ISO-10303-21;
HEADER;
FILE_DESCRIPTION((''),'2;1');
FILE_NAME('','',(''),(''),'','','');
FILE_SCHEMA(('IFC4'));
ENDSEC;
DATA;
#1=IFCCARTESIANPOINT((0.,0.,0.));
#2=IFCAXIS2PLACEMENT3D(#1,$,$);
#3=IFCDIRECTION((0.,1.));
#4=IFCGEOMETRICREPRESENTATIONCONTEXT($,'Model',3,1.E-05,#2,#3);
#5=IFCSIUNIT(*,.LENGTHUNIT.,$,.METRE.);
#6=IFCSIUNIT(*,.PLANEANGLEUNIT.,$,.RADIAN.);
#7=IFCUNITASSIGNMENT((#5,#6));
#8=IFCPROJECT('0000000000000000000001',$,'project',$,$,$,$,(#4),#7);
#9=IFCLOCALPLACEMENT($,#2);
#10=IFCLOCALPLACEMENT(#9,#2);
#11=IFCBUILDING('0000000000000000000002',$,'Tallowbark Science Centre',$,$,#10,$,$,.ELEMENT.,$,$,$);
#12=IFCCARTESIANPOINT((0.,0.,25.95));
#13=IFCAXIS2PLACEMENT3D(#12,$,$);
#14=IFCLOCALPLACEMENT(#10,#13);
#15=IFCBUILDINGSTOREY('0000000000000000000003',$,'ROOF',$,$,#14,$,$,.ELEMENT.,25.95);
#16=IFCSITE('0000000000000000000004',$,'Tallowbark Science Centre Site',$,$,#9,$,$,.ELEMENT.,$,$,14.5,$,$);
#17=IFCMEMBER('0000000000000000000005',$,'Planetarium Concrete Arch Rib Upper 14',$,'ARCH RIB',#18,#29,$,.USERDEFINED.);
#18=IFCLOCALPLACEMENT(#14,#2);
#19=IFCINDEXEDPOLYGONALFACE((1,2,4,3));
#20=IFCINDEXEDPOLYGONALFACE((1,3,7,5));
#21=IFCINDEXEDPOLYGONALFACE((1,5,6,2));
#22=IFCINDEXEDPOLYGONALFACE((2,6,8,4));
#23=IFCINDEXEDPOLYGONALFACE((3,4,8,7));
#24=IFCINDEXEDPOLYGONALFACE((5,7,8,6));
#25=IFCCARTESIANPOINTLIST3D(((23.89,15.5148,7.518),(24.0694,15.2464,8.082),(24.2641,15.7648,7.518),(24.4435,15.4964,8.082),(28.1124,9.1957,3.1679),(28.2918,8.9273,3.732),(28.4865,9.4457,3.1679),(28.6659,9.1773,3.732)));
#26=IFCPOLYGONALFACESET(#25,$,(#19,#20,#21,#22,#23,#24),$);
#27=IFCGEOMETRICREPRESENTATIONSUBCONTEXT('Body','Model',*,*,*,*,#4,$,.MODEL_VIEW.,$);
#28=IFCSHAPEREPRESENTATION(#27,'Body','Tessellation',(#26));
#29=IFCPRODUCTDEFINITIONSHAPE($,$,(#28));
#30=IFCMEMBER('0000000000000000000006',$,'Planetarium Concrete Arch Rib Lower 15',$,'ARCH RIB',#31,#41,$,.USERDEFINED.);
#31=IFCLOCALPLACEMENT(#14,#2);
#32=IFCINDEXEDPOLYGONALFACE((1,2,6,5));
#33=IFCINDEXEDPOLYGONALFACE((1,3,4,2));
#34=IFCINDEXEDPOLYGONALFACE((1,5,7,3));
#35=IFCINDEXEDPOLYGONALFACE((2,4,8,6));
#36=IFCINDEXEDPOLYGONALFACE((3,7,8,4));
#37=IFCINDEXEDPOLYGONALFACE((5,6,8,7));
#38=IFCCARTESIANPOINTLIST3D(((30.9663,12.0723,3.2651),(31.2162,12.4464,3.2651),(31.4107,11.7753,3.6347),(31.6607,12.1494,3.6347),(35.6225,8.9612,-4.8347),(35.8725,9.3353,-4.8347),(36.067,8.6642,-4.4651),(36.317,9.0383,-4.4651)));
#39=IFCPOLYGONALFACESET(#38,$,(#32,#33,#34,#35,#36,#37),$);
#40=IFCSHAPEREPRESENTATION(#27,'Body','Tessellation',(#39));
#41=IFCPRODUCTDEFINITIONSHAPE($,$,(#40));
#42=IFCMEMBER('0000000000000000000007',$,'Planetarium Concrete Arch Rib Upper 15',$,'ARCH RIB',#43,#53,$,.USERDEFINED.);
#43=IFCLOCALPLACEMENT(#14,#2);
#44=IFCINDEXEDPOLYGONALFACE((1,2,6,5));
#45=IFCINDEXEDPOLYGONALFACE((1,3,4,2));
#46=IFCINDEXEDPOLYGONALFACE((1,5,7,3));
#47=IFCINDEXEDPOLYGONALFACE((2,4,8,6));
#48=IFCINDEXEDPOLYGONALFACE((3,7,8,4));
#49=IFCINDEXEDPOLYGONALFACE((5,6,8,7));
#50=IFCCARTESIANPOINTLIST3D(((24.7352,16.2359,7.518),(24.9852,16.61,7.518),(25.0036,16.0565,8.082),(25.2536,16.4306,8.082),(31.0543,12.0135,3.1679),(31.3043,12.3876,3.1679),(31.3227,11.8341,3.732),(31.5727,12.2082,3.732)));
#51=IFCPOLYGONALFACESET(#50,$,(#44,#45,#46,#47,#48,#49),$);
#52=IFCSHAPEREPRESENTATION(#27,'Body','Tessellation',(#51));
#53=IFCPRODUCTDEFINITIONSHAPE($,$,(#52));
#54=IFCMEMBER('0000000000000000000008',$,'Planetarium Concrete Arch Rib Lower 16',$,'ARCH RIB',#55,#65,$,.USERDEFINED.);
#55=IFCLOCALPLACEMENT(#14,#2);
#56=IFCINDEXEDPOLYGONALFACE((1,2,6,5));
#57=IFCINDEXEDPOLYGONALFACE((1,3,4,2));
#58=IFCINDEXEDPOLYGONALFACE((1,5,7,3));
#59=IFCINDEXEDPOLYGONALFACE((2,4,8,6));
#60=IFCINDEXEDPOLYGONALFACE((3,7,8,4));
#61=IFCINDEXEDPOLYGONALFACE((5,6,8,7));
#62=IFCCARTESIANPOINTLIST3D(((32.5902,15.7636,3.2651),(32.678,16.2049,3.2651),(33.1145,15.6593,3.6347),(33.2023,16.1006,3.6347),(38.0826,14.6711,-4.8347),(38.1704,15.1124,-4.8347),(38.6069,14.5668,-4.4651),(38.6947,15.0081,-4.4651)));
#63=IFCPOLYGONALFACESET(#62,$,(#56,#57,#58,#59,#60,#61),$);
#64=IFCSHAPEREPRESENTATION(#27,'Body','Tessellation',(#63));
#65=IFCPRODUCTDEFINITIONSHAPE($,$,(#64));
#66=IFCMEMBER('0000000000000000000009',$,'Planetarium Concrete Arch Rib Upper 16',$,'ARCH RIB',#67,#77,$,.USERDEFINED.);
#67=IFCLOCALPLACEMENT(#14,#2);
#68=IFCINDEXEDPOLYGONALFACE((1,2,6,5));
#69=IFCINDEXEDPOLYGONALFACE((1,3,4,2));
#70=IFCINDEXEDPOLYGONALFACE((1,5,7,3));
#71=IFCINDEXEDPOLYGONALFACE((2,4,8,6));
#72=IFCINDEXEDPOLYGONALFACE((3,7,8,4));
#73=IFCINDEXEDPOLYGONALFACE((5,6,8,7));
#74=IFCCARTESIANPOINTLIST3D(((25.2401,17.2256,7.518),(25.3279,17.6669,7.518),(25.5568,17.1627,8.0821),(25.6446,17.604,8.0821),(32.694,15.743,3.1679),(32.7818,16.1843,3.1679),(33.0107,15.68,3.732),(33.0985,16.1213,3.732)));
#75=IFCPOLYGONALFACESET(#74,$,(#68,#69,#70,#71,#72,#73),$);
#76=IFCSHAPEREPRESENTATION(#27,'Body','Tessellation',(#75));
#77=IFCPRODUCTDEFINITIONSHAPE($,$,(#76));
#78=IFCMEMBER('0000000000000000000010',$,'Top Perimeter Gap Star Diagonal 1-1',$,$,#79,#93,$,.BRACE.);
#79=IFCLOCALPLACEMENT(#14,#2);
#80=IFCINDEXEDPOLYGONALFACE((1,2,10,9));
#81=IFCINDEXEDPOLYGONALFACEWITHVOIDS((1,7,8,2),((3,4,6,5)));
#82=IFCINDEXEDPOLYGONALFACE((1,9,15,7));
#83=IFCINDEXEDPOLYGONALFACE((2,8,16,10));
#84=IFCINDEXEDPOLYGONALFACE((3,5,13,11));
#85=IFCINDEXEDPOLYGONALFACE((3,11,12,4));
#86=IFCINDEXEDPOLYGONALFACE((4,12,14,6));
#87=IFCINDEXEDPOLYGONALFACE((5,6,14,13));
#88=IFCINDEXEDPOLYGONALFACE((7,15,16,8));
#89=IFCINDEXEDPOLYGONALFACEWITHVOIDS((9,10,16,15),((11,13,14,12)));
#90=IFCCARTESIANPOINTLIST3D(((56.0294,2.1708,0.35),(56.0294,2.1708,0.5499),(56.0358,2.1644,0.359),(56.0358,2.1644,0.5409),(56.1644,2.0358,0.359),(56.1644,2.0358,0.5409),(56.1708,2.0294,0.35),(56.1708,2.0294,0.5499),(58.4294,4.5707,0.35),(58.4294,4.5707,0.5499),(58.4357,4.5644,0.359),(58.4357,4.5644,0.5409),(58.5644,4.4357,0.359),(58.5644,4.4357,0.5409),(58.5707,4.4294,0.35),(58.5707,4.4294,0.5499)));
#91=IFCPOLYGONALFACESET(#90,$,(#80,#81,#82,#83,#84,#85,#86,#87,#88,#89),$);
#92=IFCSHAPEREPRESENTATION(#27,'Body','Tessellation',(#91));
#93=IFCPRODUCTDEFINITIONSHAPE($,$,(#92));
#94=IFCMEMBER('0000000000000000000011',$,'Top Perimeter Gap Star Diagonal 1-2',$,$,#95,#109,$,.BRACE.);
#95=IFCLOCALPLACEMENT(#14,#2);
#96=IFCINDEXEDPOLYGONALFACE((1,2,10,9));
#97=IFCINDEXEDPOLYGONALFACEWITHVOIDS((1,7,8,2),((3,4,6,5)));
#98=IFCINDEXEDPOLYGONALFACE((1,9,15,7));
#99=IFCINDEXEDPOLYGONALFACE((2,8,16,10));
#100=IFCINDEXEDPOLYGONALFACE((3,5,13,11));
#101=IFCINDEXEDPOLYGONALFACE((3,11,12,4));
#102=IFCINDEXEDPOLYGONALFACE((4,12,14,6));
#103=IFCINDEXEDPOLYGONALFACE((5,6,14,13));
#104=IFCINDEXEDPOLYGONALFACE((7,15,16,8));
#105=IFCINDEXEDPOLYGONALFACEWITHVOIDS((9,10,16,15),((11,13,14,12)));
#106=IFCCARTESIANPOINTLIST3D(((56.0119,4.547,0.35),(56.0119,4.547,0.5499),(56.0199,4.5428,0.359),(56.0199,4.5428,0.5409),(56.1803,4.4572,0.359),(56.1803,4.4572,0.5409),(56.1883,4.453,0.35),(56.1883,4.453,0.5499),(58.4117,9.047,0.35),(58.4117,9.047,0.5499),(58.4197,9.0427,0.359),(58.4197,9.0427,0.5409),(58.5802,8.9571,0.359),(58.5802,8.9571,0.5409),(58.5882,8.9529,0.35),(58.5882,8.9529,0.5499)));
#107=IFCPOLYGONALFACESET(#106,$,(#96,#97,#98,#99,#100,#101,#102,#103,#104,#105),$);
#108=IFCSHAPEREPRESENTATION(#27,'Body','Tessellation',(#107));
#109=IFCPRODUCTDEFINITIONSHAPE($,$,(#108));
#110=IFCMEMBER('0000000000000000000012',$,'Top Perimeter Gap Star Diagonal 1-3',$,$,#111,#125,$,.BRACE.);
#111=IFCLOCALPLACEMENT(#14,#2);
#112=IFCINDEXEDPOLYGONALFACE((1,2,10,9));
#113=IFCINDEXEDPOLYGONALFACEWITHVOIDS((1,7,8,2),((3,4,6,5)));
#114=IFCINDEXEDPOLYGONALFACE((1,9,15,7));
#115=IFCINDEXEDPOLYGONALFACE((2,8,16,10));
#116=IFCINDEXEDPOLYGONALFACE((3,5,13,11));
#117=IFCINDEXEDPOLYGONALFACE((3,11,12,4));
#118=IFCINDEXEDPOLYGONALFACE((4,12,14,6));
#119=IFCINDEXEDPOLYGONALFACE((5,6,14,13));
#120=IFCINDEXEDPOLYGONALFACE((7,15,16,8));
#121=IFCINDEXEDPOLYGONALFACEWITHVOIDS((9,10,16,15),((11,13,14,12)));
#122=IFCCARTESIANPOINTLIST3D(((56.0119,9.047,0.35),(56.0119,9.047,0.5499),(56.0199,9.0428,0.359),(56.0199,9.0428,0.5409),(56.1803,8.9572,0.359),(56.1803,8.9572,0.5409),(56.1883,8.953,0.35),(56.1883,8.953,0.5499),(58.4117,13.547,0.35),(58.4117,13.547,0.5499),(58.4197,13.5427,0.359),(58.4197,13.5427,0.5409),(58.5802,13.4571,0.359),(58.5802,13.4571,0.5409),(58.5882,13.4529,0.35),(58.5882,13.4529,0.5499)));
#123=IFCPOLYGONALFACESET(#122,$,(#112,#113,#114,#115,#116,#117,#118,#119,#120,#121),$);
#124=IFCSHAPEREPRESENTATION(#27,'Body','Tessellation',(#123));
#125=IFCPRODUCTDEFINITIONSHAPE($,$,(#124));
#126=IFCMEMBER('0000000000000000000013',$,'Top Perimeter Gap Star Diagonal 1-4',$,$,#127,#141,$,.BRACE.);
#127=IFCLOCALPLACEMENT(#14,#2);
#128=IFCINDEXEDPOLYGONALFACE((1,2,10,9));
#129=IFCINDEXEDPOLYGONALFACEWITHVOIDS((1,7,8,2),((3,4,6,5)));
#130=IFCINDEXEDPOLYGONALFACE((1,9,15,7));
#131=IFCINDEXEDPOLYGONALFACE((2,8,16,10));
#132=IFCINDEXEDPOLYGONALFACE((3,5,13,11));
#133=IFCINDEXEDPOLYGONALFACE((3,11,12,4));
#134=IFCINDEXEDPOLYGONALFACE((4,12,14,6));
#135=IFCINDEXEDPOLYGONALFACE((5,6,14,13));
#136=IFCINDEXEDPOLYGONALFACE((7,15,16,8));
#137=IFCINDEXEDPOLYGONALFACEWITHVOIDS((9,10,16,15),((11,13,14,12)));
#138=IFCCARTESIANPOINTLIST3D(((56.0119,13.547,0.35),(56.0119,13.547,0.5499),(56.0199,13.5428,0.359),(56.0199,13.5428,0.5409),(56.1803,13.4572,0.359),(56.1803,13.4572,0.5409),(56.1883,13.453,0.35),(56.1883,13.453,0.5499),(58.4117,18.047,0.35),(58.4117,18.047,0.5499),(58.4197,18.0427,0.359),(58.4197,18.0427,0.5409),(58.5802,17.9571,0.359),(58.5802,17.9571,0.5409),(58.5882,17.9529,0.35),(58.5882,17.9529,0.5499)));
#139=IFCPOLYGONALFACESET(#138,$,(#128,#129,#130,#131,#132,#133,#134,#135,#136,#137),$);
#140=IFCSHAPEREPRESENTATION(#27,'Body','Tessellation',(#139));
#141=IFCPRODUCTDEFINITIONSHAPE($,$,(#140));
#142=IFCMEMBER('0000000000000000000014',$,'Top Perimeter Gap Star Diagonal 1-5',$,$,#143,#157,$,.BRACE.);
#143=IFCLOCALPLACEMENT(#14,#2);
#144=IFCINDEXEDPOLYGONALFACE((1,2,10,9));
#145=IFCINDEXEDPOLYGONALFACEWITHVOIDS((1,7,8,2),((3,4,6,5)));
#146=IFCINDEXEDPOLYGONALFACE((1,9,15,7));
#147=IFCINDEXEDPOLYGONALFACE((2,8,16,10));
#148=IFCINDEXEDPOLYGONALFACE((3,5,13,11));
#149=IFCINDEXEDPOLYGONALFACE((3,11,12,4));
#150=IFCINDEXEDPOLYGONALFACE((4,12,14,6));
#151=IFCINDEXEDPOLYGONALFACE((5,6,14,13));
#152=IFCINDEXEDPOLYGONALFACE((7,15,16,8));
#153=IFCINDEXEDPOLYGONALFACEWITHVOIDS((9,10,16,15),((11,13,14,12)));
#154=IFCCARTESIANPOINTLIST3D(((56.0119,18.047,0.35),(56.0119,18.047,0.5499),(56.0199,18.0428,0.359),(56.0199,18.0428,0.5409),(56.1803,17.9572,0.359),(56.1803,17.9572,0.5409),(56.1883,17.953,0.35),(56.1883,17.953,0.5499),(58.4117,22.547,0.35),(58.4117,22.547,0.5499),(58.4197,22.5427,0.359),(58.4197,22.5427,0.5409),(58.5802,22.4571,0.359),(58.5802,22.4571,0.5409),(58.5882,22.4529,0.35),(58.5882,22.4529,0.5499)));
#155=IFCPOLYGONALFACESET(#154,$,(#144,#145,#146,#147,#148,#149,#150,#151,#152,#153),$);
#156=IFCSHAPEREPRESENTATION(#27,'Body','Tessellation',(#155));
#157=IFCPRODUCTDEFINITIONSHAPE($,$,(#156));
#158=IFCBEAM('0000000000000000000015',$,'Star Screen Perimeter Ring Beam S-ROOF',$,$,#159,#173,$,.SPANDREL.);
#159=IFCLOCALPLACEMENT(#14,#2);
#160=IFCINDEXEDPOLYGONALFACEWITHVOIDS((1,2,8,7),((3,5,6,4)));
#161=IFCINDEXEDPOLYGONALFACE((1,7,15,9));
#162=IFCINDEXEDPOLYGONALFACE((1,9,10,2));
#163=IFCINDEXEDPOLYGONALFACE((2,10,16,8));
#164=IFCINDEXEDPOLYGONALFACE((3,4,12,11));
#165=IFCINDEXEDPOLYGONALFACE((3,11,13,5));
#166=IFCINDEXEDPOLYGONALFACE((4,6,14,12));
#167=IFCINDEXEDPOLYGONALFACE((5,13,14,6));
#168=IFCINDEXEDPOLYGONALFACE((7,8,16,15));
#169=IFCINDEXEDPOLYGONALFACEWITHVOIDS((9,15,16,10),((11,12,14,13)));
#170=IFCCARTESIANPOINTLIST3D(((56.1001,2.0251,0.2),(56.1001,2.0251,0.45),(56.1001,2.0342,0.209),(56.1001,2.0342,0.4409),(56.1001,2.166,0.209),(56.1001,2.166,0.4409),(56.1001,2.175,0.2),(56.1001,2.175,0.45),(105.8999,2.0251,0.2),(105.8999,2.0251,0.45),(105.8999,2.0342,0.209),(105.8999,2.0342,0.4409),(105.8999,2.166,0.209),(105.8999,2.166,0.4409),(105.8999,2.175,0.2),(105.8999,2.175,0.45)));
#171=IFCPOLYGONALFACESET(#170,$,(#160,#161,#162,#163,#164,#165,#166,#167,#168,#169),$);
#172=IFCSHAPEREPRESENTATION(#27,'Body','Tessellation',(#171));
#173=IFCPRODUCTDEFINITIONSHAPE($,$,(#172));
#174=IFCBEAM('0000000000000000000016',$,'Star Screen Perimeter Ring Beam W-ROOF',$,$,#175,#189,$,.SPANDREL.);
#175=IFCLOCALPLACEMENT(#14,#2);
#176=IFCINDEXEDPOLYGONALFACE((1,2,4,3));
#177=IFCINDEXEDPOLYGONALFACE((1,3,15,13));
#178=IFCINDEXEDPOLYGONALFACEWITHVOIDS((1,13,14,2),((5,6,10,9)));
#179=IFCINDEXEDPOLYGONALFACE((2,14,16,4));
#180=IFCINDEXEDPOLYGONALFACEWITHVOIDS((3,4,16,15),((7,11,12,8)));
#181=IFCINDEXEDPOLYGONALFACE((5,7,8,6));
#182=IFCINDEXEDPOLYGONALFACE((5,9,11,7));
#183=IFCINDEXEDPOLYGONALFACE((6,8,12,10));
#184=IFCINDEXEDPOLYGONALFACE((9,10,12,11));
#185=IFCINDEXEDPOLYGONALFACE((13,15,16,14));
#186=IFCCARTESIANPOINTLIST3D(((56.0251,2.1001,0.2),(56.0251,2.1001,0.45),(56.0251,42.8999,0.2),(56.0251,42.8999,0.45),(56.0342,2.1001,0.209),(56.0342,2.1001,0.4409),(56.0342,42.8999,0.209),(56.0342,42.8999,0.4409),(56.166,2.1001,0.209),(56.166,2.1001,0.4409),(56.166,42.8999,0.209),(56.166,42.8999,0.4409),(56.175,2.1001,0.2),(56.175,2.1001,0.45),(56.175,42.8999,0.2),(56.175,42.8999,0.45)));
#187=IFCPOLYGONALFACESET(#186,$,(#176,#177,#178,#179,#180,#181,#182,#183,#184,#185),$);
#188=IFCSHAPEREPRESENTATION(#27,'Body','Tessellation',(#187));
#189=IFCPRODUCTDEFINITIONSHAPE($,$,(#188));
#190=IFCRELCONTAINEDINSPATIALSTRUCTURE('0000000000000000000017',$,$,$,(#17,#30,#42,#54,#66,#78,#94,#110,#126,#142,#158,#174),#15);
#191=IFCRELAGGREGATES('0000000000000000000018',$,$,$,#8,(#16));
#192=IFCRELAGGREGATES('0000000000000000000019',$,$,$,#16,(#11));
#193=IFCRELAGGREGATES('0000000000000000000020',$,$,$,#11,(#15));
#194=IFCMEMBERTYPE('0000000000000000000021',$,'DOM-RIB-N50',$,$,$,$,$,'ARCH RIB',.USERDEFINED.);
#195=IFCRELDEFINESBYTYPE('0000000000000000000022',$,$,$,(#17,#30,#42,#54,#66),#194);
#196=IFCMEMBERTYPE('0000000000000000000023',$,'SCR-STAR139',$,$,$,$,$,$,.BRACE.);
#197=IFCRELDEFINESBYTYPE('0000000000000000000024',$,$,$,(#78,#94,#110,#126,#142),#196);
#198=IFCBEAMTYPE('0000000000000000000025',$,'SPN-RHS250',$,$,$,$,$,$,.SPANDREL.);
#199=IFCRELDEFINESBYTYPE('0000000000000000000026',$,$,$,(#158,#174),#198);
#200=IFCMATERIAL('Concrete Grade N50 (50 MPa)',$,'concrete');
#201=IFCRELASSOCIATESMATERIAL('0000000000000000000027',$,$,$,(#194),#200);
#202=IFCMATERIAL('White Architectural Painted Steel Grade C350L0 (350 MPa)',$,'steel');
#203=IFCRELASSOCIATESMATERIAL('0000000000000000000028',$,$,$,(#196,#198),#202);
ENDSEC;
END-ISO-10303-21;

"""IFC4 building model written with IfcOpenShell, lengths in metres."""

from ifc_helpers import new_model, si_unit, direction, frame, origin, origin_2d, place, context, subcontext, project, spatial, rectangle, hollow_rectangle, extrude, material, material_profile, profile_set, type_object, element, save


model = new_model("IFC4")

# Units and contexts
model_context = context("Model", 3, precision=1e-05, world=origin(), true_north=direction((0.0, 1.0)))
body_context = subcontext(model_context, "Body", "Model", "MODEL_VIEW")
ifc_project = project(units=[si_unit("LENGTHUNIT", "METRE"), si_unit("PLANEANGLEUNIT", "RADIAN")], contexts=[model_context])

# Site, building, storey
site_placement = place(None, origin())
site = spatial("IfcSite", under=ifc_project, at=site_placement, Name="Tallowbark Science Centre Site", CompositionType="ELEMENT", RefElevation=14.5)
building_placement = place(site_placement, origin())
building = spatial("IfcBuilding", under=site, at=building_placement, Name="Tallowbark Science Centre", CompositionType="ELEMENT")
storey_placement = place(building_placement, frame((0.0, 0.0, 25.95)))
storey = spatial("IfcBuildingStorey", under=building, at=storey_placement, Name="ROOF", CompositionType="ELEMENT", Elevation=25.95)

# Shared definitions
ifc_material_1 = material(Name="Concrete Grade N50 (50 MPa)", Category="concrete")

# Members
ifc_material_profile_1 = material_profile(ifc_material_1, rectangle(XDim=0.45, YDim=0.6499, at=origin_2d()), Name="RC450x650")
ifc_profile_set_1 = profile_set([ifc_material_profile_1], Name="Concrete Grade N50 (50 MPa)")
member_type_1 = type_object("IfcMemberType", Name="DOM-RIB-N50", ElementType="ARCH RIB", PredefinedType="USERDEFINED", material=ifc_profile_set_1)
member_1_placement = place(storey_placement, frame((28.3892, 9.1865, 3.45), z_axis=(-0.482182, 0.721614, 0.496763), x_axis=(-0.831462, -0.555582, 0.0)))
element("IfcMember", 1, at=member_1_placement, inside=storey, type_object=member_type_1, Name="Planetarium Concrete Arch Rib Upper 14", ObjectType="ARCH RIB", PredefinedType="USERDEFINED", context=body_context, shape_type="SweptSolid", body=[
    extrude(rectangle(XDim=0.45, YDim=0.6499, at=origin_2d()), origin(), (0.0, 0.0, 1.0), 8.7568),
])
member_2_placement = place(storey_placement, frame((35.9697, 8.9998, -4.6499), z_axis=(-0.472851, 0.315936, 0.822555), x_axis=(-0.555555, -0.83148, 0.0)))
element("IfcMember", 2, at=member_2_placement, inside=storey, type_object=member_type_1, Name="Planetarium Concrete Arch Rib Lower 15", ObjectType="ARCH RIB", PredefinedType="USERDEFINED", context=body_context, shape_type="SweptSolid", body=[
    extrude(rectangle(XDim=0.45, YDim=0.6499, at=origin_2d()), origin(), (0.0, 0.0, 1.0), 9.8472),
])
member_3_placement = place(storey_placement, frame((31.3135, 12.1108, 3.45), z_axis=(-0.721614, 0.482182, 0.496763), x_axis=(-0.555582, -0.831462, 0.0)))
element("IfcMember", 3, at=member_3_placement, inside=storey, type_object=member_type_1, Name="Planetarium Concrete Arch Rib Upper 15", ObjectType="ARCH RIB", PredefinedType="USERDEFINED", context=body_context, shape_type="SweptSolid", body=[
    extrude(rectangle(XDim=0.45, YDim=0.6499, at=origin_2d()), origin(), (0.0, 0.0, 1.0), 8.7568),
])
member_4_placement = place(storey_placement, frame((38.3887, 14.8396, -4.6499), z_axis=(-0.557764, 0.110948, 0.822551), x_axis=(-0.195093, -0.980785, 0.0)))
element("IfcMember", 4, at=member_4_placement, inside=storey, type_object=member_type_1, Name="Planetarium Concrete Arch Rib Lower 16", ObjectType="ARCH RIB", PredefinedType="USERDEFINED", context=body_context, shape_type="SweptSolid", body=[
    extrude(rectangle(XDim=0.45, YDim=0.6499, at=origin_2d()), origin(), (0.0, 0.0, 1.0), 9.8472),
])
member_5_placement = place(storey_placement, frame((32.8962, 15.9321, 3.45), z_axis=(-0.851207, 0.169316, 0.496768), x_axis=(-0.195091, -0.980785, 0.0)))
element("IfcMember", 5, at=member_5_placement, inside=storey, type_object=member_type_1, Name="Planetarium Concrete Arch Rib Upper 16", ObjectType="ARCH RIB", PredefinedType="USERDEFINED", context=body_context, shape_type="SweptSolid", body=[
    extrude(rectangle(XDim=0.45, YDim=0.6499, at=origin_2d()), origin(), (0.0, 0.0, 1.0), 8.7568),
])
ifc_material_2 = material(Name="White Architectural Painted Steel Grade C350L0 (350 MPa)", Category="steel")
ifc_material_profile_2 = material_profile(ifc_material_2, hollow_rectangle(XDim=0.2, YDim=0.2, WallThickness=0.009, at=origin_2d()), Name="200x200x9.0SHS")
ifc_profile_set_2 = profile_set([ifc_material_profile_2], Name="White Architectural Painted Steel Grade C350L0 (350 MPa)")
member_type_2 = type_object("IfcMemberType", Name="SCR-STAR139", PredefinedType="BRACE", material=ifc_profile_set_2)
member_6_placement = place(storey_placement, frame((56.1001, 2.1001, 0.45), z_axis=(0.707107, 0.707107, 0.0), x_axis=(-0.707107, 0.707107, 0.0)))
element("IfcMember", 6, at=member_6_placement, inside=storey, type_object=member_type_2, Name="Top Perimeter Gap Star Diagonal 1-1", PredefinedType="BRACE", context=body_context, shape_type="SweptSolid", body=[
    extrude(hollow_rectangle(XDim=0.2, YDim=0.2, WallThickness=0.009, at=origin_2d()), origin(), (0.0, 0.0, 1.0), 3.394),
])
for number, where, z_axis, x_axis, name in (
    (7, (56.1001, 4.5, 0.45), (0.470573, 0.882361, 0.0), (-0.882361, 0.470573, 0.0), "Top Perimeter Gap Star Diagonal 1-2"),
    (8, (56.1001, 9.0, 0.45), (0.470573, 0.882361, 0.0), (-0.882361, 0.470573, 0.0), "Top Perimeter Gap Star Diagonal 1-3"),
    (9, (56.1001, 13.5, 0.45), (0.470573, 0.882361, 0.0), (-0.882361, 0.470573, 0.0), "Top Perimeter Gap Star Diagonal 1-4"),
    (10, (56.1001, 18.0, 0.45), (0.470573, 0.882361, 0.0), (-0.882361, 0.470573, 0.0), "Top Perimeter Gap Star Diagonal 1-5"),
):
    element("IfcMember", number, at=place(storey_placement, frame(where, z_axis=z_axis, x_axis=x_axis)), inside=storey, type_object=member_type_2, Name=name, PredefinedType="BRACE", context=body_context, shape_type="SweptSolid", body=[
        extrude(hollow_rectangle(XDim=0.2, YDim=0.2, WallThickness=0.009, at=origin_2d()), origin(), (0.0, 0.0, 1.0), 5.0999),
    ])

# Beams
ifc_material_profile_3 = material_profile(ifc_material_2, hollow_rectangle(XDim=0.1499, YDim=0.25, WallThickness=0.009, at=origin_2d()), Name="250x150x9.0RHS")
ifc_profile_set_3 = profile_set([ifc_material_profile_3], Name="White Architectural Painted Steel Grade C350L0 (350 MPa)")
beam_type_1 = type_object("IfcBeamType", Name="SPN-RHS250", PredefinedType="SPANDREL", material=ifc_profile_set_3)
beam_1_placement = place(storey_placement, frame((56.1001, 2.1001, 0.325), z_axis=(1.0, 0.0, 0.0), x_axis=(0.0, 1.0, 0.0)))
element("IfcBeam", 11, at=beam_1_placement, inside=storey, type_object=beam_type_1, Name="Star Screen Perimeter Ring Beam S-ROOF", PredefinedType="SPANDREL", context=body_context, shape_type="SweptSolid", body=[
    extrude(hollow_rectangle(XDim=0.1499, YDim=0.25, WallThickness=0.009, at=origin_2d()), origin(), (0.0, 0.0, 1.0), 49.7998),
])
beam_2_placement = place(storey_placement, frame((56.1001, 2.1001, 0.325), z_axis=(0.0, 1.0, 0.0), x_axis=(-1.0, 0.0, 0.0)))
element("IfcBeam", 12, at=beam_2_placement, inside=storey, type_object=beam_type_1, Name="Star Screen Perimeter Ring Beam W-ROOF", PredefinedType="SPANDREL", context=body_context, shape_type="SweptSolid", body=[
    extrude(hollow_rectangle(XDim=0.1499, YDim=0.25, WallThickness=0.009, at=origin_2d()), origin(), (0.0, 0.0, 1.0), 40.7998),
])

save(model, "model.ifc")
